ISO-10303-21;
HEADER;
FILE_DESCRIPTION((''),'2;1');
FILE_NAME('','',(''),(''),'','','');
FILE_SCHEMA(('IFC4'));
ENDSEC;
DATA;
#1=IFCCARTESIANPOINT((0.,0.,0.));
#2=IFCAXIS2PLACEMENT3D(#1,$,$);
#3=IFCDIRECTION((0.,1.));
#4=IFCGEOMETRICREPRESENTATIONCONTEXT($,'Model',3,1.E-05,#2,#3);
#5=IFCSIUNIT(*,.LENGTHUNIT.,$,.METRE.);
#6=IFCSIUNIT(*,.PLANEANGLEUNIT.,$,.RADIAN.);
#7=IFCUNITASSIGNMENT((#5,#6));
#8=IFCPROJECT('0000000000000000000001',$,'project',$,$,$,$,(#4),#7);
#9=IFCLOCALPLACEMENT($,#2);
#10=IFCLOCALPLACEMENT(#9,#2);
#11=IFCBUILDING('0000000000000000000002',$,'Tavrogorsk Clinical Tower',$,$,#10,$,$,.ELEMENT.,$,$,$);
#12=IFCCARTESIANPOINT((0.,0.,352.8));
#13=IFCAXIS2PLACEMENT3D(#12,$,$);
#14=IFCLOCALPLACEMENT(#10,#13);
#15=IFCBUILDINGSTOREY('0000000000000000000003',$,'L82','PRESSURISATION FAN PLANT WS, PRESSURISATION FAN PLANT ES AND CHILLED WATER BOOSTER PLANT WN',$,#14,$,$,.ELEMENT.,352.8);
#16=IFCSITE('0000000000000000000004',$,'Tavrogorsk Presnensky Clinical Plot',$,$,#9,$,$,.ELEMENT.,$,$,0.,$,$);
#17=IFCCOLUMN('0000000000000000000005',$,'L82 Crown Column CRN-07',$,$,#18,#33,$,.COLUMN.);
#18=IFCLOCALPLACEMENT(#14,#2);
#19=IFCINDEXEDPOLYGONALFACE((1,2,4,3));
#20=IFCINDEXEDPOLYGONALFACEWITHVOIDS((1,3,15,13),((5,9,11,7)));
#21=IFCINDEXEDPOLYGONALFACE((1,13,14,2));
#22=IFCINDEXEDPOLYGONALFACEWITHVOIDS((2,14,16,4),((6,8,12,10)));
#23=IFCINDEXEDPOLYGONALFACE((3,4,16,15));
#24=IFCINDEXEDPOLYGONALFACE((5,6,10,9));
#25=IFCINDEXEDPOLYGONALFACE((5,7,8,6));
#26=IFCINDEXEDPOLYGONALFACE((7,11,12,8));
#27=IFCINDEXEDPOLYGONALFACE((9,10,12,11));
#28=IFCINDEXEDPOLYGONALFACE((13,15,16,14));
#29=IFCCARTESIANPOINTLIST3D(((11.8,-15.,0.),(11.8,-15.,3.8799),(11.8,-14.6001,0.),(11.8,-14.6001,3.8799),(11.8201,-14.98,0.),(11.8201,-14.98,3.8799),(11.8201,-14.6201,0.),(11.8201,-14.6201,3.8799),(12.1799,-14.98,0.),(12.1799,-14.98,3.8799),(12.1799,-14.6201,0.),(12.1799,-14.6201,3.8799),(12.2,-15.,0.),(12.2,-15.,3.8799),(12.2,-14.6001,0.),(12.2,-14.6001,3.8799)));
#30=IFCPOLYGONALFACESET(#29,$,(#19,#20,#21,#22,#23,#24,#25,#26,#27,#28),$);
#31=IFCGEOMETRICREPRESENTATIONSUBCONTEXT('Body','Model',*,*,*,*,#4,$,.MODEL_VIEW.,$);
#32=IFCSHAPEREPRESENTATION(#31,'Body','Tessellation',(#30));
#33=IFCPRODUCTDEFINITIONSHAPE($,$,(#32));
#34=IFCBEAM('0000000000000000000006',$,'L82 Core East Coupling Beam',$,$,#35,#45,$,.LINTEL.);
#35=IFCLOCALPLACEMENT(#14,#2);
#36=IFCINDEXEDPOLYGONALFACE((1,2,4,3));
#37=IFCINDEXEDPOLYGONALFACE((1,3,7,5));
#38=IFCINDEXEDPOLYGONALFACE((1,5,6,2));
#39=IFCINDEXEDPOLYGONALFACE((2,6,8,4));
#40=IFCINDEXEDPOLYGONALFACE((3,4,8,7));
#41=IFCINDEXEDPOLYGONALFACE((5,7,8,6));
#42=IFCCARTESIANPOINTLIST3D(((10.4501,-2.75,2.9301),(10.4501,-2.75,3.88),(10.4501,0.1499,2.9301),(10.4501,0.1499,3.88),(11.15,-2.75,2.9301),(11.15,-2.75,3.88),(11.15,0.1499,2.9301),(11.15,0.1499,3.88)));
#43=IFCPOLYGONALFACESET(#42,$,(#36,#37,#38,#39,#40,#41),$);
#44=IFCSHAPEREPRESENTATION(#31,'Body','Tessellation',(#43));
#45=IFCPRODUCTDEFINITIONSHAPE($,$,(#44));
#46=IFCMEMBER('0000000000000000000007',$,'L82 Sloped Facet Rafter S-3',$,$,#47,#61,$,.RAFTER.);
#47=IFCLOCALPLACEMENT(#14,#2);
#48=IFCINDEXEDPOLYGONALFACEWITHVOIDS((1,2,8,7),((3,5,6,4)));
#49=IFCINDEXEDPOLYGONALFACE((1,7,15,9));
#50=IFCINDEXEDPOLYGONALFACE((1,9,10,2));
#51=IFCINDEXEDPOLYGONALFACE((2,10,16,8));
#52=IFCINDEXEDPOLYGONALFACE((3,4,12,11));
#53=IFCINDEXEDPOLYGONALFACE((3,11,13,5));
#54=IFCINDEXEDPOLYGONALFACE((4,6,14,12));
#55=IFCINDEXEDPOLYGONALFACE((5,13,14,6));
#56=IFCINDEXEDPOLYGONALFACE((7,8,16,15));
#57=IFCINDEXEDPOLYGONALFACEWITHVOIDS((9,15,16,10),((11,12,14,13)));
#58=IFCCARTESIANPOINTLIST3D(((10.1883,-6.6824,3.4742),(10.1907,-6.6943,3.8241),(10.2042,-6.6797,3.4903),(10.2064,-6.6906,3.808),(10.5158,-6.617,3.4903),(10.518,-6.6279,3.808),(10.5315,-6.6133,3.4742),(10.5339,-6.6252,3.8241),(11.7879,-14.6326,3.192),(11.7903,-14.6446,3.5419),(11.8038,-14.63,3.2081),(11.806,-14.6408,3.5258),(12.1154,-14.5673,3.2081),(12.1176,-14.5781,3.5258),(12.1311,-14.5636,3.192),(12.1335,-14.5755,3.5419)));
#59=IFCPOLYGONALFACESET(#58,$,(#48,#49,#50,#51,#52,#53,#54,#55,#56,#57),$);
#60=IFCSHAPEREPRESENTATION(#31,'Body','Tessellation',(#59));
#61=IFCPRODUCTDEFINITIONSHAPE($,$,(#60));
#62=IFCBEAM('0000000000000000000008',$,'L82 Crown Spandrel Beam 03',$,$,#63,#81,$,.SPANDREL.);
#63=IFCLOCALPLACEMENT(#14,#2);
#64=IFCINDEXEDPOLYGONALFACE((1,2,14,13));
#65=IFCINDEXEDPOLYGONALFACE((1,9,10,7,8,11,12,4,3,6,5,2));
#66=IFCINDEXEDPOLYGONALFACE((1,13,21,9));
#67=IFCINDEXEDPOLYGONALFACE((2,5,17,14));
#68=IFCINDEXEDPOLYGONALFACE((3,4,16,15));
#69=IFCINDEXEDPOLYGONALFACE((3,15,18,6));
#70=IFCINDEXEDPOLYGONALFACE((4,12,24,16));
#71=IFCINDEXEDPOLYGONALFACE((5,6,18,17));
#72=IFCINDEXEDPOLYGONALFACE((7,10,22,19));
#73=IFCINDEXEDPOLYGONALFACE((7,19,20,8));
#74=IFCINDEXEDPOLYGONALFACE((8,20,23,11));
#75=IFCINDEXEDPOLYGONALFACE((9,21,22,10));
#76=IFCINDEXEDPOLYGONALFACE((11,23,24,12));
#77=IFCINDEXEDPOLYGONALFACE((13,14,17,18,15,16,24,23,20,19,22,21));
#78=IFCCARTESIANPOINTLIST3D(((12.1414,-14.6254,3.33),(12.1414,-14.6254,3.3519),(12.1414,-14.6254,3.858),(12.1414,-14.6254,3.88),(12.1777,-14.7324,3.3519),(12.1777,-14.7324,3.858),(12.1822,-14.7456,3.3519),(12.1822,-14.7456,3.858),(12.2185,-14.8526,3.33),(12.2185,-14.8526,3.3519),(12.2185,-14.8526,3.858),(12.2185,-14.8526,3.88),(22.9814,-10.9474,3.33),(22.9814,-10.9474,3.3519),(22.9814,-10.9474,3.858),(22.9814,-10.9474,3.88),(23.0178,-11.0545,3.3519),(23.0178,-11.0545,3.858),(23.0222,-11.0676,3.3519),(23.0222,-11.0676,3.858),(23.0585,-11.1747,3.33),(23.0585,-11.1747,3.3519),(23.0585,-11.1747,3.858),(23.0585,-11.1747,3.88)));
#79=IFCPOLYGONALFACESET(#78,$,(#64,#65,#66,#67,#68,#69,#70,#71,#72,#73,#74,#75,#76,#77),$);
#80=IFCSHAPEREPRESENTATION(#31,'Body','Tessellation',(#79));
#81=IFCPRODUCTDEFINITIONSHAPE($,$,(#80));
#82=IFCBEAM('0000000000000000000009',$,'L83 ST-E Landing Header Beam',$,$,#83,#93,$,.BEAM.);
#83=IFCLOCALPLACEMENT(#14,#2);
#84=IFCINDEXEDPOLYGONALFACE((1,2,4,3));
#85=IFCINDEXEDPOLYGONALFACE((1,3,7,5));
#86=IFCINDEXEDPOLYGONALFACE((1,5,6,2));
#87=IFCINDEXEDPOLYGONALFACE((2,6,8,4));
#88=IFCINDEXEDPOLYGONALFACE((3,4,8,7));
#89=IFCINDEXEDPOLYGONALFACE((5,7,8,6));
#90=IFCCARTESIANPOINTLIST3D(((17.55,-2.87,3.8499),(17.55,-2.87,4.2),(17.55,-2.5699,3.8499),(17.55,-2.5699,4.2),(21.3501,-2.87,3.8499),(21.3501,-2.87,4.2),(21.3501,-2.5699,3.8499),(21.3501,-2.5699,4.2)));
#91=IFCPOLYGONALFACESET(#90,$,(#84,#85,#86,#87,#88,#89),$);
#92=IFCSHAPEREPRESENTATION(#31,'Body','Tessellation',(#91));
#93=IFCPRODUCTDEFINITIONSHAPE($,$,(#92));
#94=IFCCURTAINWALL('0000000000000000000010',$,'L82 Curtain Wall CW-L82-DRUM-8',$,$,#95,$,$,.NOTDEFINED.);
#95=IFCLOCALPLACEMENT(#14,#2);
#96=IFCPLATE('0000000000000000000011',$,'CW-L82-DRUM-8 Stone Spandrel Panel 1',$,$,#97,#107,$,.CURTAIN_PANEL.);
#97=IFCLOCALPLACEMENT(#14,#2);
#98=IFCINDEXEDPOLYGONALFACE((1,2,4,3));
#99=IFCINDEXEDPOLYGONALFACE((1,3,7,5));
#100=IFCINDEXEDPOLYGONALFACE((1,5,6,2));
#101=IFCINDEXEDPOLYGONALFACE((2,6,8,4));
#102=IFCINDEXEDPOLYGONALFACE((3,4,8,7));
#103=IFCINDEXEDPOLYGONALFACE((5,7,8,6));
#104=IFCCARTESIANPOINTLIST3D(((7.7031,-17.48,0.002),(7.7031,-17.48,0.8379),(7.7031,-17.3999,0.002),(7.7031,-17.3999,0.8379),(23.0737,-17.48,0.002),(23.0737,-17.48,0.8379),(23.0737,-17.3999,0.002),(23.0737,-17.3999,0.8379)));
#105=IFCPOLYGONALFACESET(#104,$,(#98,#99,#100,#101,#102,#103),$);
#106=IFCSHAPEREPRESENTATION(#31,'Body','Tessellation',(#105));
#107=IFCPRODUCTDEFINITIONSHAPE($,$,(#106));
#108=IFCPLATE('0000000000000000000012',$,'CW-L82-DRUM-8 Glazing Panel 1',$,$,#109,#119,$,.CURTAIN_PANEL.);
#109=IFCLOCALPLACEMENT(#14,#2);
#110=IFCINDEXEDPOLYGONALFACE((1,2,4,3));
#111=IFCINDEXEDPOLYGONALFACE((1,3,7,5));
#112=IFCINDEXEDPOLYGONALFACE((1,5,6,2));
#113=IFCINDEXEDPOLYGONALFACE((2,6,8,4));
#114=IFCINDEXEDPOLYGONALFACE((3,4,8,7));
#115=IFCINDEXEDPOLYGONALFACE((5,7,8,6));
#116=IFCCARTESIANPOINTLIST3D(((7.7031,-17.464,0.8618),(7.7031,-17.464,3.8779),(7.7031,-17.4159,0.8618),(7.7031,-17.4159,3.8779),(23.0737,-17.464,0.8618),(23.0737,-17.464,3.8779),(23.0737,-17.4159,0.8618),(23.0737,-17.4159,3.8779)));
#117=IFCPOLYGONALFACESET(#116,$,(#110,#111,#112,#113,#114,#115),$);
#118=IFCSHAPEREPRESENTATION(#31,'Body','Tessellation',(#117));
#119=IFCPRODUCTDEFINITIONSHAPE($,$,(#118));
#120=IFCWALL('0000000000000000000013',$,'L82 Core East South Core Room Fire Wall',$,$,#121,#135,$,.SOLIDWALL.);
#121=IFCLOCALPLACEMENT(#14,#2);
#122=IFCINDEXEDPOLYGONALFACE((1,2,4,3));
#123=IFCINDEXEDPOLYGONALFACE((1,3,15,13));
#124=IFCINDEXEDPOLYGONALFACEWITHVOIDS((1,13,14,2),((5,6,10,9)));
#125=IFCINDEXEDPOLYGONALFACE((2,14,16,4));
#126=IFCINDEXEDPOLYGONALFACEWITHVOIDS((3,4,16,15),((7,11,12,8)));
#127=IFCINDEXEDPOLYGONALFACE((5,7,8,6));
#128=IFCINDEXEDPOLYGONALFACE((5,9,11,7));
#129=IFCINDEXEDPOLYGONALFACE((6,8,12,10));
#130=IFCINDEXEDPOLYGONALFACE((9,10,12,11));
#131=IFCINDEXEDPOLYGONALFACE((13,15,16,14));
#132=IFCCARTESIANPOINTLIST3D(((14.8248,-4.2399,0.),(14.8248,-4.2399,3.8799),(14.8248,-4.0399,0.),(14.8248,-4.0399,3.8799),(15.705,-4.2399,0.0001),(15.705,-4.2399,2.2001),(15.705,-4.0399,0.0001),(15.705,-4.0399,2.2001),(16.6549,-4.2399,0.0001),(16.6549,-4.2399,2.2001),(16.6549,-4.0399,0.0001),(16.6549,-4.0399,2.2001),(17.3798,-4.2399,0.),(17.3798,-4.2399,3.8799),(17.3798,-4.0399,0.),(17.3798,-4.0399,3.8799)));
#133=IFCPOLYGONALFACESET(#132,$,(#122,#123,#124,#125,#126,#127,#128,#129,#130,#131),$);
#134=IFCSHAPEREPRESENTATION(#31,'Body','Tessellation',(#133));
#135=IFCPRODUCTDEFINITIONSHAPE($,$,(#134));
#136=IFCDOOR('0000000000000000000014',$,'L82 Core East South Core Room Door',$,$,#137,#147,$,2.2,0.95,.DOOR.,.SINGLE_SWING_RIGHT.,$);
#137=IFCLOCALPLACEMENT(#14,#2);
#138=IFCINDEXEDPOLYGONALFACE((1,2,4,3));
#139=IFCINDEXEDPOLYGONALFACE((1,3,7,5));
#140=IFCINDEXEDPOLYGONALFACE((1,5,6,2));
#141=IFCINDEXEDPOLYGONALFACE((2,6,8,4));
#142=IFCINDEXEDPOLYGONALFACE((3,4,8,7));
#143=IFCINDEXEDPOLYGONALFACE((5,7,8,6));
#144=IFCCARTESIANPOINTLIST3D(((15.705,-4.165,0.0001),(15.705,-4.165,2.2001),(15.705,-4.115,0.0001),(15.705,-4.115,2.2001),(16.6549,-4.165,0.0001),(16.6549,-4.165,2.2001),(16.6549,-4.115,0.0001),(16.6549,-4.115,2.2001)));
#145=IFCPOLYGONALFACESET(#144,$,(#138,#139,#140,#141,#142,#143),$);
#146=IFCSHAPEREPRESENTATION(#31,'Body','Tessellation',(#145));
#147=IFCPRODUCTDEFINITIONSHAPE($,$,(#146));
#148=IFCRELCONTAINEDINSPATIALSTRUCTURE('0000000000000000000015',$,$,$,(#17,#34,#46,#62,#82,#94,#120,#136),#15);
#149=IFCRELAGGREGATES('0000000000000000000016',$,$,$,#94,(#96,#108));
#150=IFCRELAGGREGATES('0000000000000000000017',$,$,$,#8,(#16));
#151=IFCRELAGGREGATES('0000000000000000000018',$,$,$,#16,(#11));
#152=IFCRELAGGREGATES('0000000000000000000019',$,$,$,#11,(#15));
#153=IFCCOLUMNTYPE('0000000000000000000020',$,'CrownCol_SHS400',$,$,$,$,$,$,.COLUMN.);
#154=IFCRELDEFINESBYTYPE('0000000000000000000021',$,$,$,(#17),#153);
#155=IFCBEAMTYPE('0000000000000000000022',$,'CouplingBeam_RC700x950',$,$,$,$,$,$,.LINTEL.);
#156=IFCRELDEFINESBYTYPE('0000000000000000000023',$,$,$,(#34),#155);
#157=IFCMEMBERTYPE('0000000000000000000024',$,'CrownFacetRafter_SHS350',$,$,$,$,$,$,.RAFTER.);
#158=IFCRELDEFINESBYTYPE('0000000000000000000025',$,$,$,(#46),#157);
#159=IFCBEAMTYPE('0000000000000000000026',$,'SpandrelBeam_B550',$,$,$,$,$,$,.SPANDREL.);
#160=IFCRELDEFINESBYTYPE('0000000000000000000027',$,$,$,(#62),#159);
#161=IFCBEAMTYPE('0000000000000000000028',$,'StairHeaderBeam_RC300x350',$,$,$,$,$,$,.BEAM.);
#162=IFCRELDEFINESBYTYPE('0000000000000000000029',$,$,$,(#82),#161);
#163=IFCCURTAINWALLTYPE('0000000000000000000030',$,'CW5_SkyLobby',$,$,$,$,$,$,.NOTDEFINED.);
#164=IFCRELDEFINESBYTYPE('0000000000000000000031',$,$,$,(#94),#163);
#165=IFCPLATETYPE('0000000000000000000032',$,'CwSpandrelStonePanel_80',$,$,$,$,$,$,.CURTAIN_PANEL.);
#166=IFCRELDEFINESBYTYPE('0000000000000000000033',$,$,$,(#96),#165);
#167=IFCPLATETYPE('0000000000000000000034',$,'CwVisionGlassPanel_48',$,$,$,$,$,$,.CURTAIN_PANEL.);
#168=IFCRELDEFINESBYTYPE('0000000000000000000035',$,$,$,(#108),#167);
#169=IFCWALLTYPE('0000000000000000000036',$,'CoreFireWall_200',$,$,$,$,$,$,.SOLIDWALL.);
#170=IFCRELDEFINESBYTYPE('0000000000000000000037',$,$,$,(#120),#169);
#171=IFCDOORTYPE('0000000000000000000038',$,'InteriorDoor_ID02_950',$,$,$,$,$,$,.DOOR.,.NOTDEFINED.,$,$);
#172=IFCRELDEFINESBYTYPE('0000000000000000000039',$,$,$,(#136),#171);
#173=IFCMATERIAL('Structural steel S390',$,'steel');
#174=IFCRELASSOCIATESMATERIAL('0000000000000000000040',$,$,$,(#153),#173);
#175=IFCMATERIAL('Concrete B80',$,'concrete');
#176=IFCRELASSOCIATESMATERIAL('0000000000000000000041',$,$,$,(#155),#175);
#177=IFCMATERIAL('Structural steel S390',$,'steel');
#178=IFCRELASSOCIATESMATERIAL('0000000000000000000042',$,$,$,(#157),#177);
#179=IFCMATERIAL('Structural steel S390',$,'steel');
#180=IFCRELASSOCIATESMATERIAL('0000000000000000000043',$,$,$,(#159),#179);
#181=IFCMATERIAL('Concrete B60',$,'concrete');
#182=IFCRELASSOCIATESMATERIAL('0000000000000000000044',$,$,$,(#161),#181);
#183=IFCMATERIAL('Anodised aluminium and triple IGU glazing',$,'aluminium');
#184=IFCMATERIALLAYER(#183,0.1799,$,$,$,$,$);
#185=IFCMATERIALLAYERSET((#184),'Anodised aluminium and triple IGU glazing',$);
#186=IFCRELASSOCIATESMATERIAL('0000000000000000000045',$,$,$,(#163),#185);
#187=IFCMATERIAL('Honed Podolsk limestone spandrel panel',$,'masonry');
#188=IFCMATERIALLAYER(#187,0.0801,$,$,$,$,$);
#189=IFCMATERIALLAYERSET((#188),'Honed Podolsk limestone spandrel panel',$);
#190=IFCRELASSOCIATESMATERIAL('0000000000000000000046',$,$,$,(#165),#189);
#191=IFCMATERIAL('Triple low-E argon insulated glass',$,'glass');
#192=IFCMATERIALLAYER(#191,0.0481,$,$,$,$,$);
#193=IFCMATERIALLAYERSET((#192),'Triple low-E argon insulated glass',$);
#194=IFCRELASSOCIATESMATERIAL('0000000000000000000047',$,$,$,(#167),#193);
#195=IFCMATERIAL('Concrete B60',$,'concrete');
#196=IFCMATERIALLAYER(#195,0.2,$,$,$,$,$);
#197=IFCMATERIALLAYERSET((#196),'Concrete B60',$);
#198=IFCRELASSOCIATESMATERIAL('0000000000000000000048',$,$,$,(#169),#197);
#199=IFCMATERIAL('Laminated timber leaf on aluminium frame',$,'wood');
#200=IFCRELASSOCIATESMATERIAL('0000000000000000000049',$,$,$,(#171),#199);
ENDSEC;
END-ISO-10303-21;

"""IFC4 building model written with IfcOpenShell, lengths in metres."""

from ifc_helpers import new_model, si_unit, direction, frame, frame_2d, origin, origin_2d, place, context, subcontext, project, spatial, rectangle, hollow_rectangle, i_section, extrude, material, layer, layer_set, material_profile, profile_set, type_object, element, fill, aggregate, save


model = new_model("IFC4")

# Units and contexts
model_context = context("Model", 3, precision=1e-05, world=origin(), true_north=direction((0.0, 1.0)))
body_context = subcontext(model_context, "Body", "Model", "MODEL_VIEW")
ifc_project = project(units=[si_unit("LENGTHUNIT", "METRE"), si_unit("PLANEANGLEUNIT", "RADIAN")], contexts=[model_context])

# Site, building, storey
site_placement = place(None, origin())
site = spatial("IfcSite", under=ifc_project, at=site_placement, Name="Tavrogorsk Presnensky Clinical Plot", CompositionType="ELEMENT", RefElevation=0.0)
building_placement = place(site_placement, origin())
building = spatial("IfcBuilding", under=site, at=building_placement, Name="Tavrogorsk Clinical Tower", CompositionType="ELEMENT")
storey_placement = place(building_placement, frame((0.0, 0.0, 352.8)))
storey = spatial("IfcBuildingStorey", under=building, at=storey_placement, Name="L82", Description="PRESSURISATION FAN PLANT WS, PRESSURISATION FAN PLANT ES AND CHILLED WATER BOOSTER PLANT WN", CompositionType="ELEMENT", Elevation=352.8)

# Column
ifc_material_1 = material(Name="Structural steel S390", Category="steel")
ifc_material_profile_1 = material_profile(ifc_material_1, hollow_rectangle(XDim=0.3999, YDim=0.3999, WallThickness=0.02, at=origin_2d()), Name="SHS-400x400x20")
ifc_profile_set_1 = profile_set([ifc_material_profile_1], Name="Structural steel S390")
column_type = type_object("IfcColumnType", Name="CrownCol_SHS400", PredefinedType="COLUMN", material=ifc_profile_set_1)
column_placement = place(storey_placement, frame((12.0, -14.8, 0.0), z_axis=(0.0, 0.0, 1.0), x_axis=(1.0, 0.0, 0.0)))
element("IfcColumn", 1, at=column_placement, inside=storey, type_object=column_type, Name="L82 Crown Column CRN-07", PredefinedType="COLUMN", context=body_context, shape_type="SweptSolid", body=[
    extrude(hollow_rectangle(XDim=0.3999, YDim=0.3999, WallThickness=0.02, at=origin_2d()), origin(), (0.0, 0.0, 1.0), 3.8799),
])

# Beam
ifc_material_2 = material(Name="Concrete B80", Category="concrete")
ifc_material_profile_2 = material_profile(ifc_material_2, rectangle(XDim=0.7, YDim=0.95, at=origin_2d()), Name="RC-CB-700x950")
ifc_profile_set_2 = profile_set([ifc_material_profile_2], Name="Concrete B80")
beam_type_1 = type_object("IfcBeamType", Name="CouplingBeam_RC700x950", PredefinedType="LINTEL", material=ifc_profile_set_2)
beam_1_placement = place(storey_placement, frame((10.8, -2.75, 3.405), z_axis=(0.0, 1.0, 0.0), x_axis=(-1.0, 0.0, 0.0)))
element("IfcBeam", 2, at=beam_1_placement, inside=storey, type_object=beam_type_1, Name="L82 Core East Coupling Beam", PredefinedType="LINTEL", context=body_context, shape_type="SweptSolid", body=[
    extrude(rectangle(XDim=0.7, YDim=0.95, at=origin_2d()), origin(), (0.0, 0.0, 1.0), 2.8999),
])

# Member
ifc_material_3 = material(Name="Structural steel S390", Category="steel")
ifc_material_profile_3 = material_profile(ifc_material_3, hollow_rectangle(XDim=0.3501, YDim=0.3501, WallThickness=0.0161, at=origin_2d()), Name="SHS-350x350x16")
ifc_profile_set_3 = profile_set([ifc_material_profile_3], Name="Structural steel S390")
member_type = type_object("IfcMemberType", Name="CrownFacetRafter_SHS350", PredefinedType="RAFTER", material=ifc_profile_set_3)
member_placement = place(storey_placement, frame((10.3611, -6.6538, 3.6492), z_axis=(0.197131, -0.97976, -0.034781), x_axis=(0.980353, 0.197251, 0.0)))
element("IfcMember", 3, at=member_placement, inside=storey, type_object=member_type, Name="L82 Sloped Facet Rafter S-3", PredefinedType="RAFTER", context=body_context, shape_type="SweptSolid", body=[
    extrude(hollow_rectangle(XDim=0.3501, YDim=0.3501, WallThickness=0.0161, at=origin_2d()), origin(), (0.0, 0.0, 1.0), 8.1145),
])

# Beams
ifc_material_4 = material(Name="Structural steel S390", Category="steel")
ifc_material_profile_4 = material_profile(ifc_material_4, i_section(OverallWidth=0.24, OverallDepth=0.55, WebThickness=0.0139, FlangeThickness=0.022, at=origin_2d()), Name="B-550x240x14x22")
ifc_profile_set_4 = profile_set([ifc_material_profile_4], Name="Structural steel S390")
beam_type_2 = type_object("IfcBeamType", Name="SpandrelBeam_B550", PredefinedType="SPANDREL", material=ifc_profile_set_4)
beam_2_placement = place(storey_placement, frame((12.1799, -14.739, 3.605), z_axis=(0.946976, 0.321304, 0.0), x_axis=(-0.321304, 0.946976, 0.0)))
element("IfcBeam", 4, at=beam_2_placement, inside=storey, type_object=beam_type_2, Name="L82 Crown Spandrel Beam 03", PredefinedType="SPANDREL", context=body_context, shape_type="SweptSolid", body=[
    extrude(i_section(OverallWidth=0.24, OverallDepth=0.55, WebThickness=0.0139, FlangeThickness=0.022, at=origin_2d()), origin(), (0.0, 0.0, 1.0), 11.447),
])
ifc_material_5 = material(Name="Concrete B60", Category="concrete")
ifc_material_profile_5 = material_profile(ifc_material_5, rectangle(XDim=0.3, YDim=0.3501, at=origin_2d()), Name="RC-SHB-300x350")
ifc_profile_set_5 = profile_set([ifc_material_profile_5], Name="Concrete B60")
beam_type_3 = type_object("IfcBeamType", Name="StairHeaderBeam_RC300x350", PredefinedType="BEAM", material=ifc_profile_set_5)
beam_3_placement = place(storey_placement, frame((17.55, -2.72, 4.0249), z_axis=(1.0, 0.0, 0.0), x_axis=(0.0, 1.0, 0.0)))
element("IfcBeam", 5, at=beam_3_placement, inside=storey, type_object=beam_type_3, Name="L83 ST-E Landing Header Beam", PredefinedType="BEAM", context=body_context, shape_type="SweptSolid", body=[
    extrude(rectangle(XDim=0.3, YDim=0.3501, at=origin_2d()), origin(), (0.0, 0.0, 1.0), 3.8),
])

# Curtain wall, plates
ifc_material_6 = material(Name="Anodised aluminium and triple IGU glazing", Category="aluminium")
ifc_layer_1 = layer(ifc_material_6, 0.1799)
ifc_layer_set_1 = layer_set([ifc_layer_1], Name="Anodised aluminium and triple IGU glazing")
curtain_wall_type = type_object("IfcCurtainWallType", Name="CW5_SkyLobby", PredefinedType="NOTDEFINED", material=ifc_layer_set_1)
curtain_wall_placement = place(storey_placement, origin())
curtain_wall = element("IfcCurtainWall", 6, at=curtain_wall_placement, inside=storey, type_object=curtain_wall_type, Name="L82 Curtain Wall CW-L82-DRUM-8", PredefinedType="NOTDEFINED")
ifc_material_7 = material(Name="Honed Podolsk limestone spandrel panel", Category="masonry")
ifc_layer_2 = layer(ifc_material_7, 0.0801)
ifc_layer_set_2 = layer_set([ifc_layer_2], Name="Honed Podolsk limestone spandrel panel")
plate_type_1 = type_object("IfcPlateType", Name="CwSpandrelStonePanel_80", PredefinedType="CURTAIN_PANEL", material=ifc_layer_set_2)
plate_1_placement = place(storey_placement, frame((15.3884, -17.4399, 0.002), z_axis=(0.0, 0.0, 1.0), x_axis=(-1.0, 0.0, 0.0)))
plate_1 = element("IfcPlate", 7, at=plate_1_placement, type_object=plate_type_1, Name="CW-L82-DRUM-8 Stone Spandrel Panel 1", PredefinedType="CURTAIN_PANEL", context=body_context, shape_type="SweptSolid", body=[
    extrude(rectangle(XDim=15.3706, YDim=0.0801, at=origin_2d()), origin(), (0.0, 0.0, 1.0), 0.8359),
])
ifc_material_8 = material(Name="Triple low-E argon insulated glass", Category="glass")
ifc_layer_3 = layer(ifc_material_8, 0.0481)
ifc_layer_set_3 = layer_set([ifc_layer_3], Name="Triple low-E argon insulated glass")
plate_type_2 = type_object("IfcPlateType", Name="CwVisionGlassPanel_48", PredefinedType="CURTAIN_PANEL", material=ifc_layer_set_3)
plate_2_placement = place(storey_placement, frame((15.3884, -17.4399, 0.8618), z_axis=(0.0, 0.0, 1.0), x_axis=(-1.0, 0.0, 0.0)))
plate_2 = element("IfcPlate", 8, at=plate_2_placement, type_object=plate_type_2, Name="CW-L82-DRUM-8 Glazing Panel 1", PredefinedType="CURTAIN_PANEL", context=body_context, shape_type="SweptSolid", body=[
    extrude(rectangle(XDim=15.3706, YDim=0.0481, at=origin_2d()), origin(), (0.0, 0.0, 1.0), 3.0161),
])
aggregate(curtain_wall, [plate_1, plate_2])

# Wall, opening, door
ifc_material_9 = material(Name="Concrete B60", Category="concrete")
ifc_layer_4 = layer(ifc_material_9, 0.2)
ifc_layer_set_4 = layer_set([ifc_layer_4], Name="Concrete B60")
wall_type_1 = type_object("IfcWallType", Name="CoreFireWall_200", PredefinedType="SOLIDWALL", material=ifc_layer_set_4)
wall_1_placement = place(storey_placement, frame((14.825, -4.1399, 0.0), z_axis=(0.0, 0.0, 1.0), x_axis=(1.0, 0.0, 0.0)))
wall_1 = element("IfcWall", 9, at=wall_1_placement, inside=storey, type_object=wall_type_1, Name="L82 Core East South Core Room Fire Wall", PredefinedType="SOLIDWALL", context=body_context, shape_type="SweptSolid", body=[
    extrude(rectangle(XDim=2.5549, YDim=0.2, at=frame_2d((1.2773, 0.0))), origin(), (0.0, 0.0, 1.0), 3.8799),
])
opening_1_placement = place(wall_1_placement, frame((0.8799, 0.0, 0.0)))
opening_1 = element("IfcOpeningElement", 10, at=opening_1_placement, cuts=wall_1, PredefinedType="OPENING", context=body_context, shape_type="SweptSolid", body=[
    extrude(rectangle(XDim=0.95, YDim=2.2, at=frame_2d((0.4751, 1.1001))), frame((0.0, 0.1099, 0.0), z_axis=(0.0, -1.0, 0.0), x_axis=(1.0, 0.0, 0.0)), (0.0, 0.0, 1.0), 0.22),
])
ifc_material_10 = material(Name="Laminated timber leaf on aluminium frame", Category="wood")
door_type_1 = type_object("IfcDoorType", Name="InteriorDoor_ID02_950", OperationType="NOTDEFINED", PredefinedType="DOOR", material=ifc_material_10)
door_1_placement = place(opening_1_placement, origin())
door_1 = element("IfcDoor", 11, at=door_1_placement, inside=storey, type_object=door_type_1, Name="L82 Core East South Core Room Door", OperationType="SINGLE_SWING_RIGHT", OverallHeight=2.2, OverallWidth=0.95, PredefinedType="DOOR", context=body_context, shape_type="SweptSolid", body=[
    extrude(rectangle(XDim=0.95, YDim=2.2, at=frame_2d((0.4751, 1.1001))), frame((0.0, 0.0249, 0.0), z_axis=(0.0, -1.0, 0.0), x_axis=(1.0, 0.0, 0.0)), (0.0, 0.0, 1.0), 0.05),
])
fill(opening_1, door_1)

save(model, "model.ifc")
